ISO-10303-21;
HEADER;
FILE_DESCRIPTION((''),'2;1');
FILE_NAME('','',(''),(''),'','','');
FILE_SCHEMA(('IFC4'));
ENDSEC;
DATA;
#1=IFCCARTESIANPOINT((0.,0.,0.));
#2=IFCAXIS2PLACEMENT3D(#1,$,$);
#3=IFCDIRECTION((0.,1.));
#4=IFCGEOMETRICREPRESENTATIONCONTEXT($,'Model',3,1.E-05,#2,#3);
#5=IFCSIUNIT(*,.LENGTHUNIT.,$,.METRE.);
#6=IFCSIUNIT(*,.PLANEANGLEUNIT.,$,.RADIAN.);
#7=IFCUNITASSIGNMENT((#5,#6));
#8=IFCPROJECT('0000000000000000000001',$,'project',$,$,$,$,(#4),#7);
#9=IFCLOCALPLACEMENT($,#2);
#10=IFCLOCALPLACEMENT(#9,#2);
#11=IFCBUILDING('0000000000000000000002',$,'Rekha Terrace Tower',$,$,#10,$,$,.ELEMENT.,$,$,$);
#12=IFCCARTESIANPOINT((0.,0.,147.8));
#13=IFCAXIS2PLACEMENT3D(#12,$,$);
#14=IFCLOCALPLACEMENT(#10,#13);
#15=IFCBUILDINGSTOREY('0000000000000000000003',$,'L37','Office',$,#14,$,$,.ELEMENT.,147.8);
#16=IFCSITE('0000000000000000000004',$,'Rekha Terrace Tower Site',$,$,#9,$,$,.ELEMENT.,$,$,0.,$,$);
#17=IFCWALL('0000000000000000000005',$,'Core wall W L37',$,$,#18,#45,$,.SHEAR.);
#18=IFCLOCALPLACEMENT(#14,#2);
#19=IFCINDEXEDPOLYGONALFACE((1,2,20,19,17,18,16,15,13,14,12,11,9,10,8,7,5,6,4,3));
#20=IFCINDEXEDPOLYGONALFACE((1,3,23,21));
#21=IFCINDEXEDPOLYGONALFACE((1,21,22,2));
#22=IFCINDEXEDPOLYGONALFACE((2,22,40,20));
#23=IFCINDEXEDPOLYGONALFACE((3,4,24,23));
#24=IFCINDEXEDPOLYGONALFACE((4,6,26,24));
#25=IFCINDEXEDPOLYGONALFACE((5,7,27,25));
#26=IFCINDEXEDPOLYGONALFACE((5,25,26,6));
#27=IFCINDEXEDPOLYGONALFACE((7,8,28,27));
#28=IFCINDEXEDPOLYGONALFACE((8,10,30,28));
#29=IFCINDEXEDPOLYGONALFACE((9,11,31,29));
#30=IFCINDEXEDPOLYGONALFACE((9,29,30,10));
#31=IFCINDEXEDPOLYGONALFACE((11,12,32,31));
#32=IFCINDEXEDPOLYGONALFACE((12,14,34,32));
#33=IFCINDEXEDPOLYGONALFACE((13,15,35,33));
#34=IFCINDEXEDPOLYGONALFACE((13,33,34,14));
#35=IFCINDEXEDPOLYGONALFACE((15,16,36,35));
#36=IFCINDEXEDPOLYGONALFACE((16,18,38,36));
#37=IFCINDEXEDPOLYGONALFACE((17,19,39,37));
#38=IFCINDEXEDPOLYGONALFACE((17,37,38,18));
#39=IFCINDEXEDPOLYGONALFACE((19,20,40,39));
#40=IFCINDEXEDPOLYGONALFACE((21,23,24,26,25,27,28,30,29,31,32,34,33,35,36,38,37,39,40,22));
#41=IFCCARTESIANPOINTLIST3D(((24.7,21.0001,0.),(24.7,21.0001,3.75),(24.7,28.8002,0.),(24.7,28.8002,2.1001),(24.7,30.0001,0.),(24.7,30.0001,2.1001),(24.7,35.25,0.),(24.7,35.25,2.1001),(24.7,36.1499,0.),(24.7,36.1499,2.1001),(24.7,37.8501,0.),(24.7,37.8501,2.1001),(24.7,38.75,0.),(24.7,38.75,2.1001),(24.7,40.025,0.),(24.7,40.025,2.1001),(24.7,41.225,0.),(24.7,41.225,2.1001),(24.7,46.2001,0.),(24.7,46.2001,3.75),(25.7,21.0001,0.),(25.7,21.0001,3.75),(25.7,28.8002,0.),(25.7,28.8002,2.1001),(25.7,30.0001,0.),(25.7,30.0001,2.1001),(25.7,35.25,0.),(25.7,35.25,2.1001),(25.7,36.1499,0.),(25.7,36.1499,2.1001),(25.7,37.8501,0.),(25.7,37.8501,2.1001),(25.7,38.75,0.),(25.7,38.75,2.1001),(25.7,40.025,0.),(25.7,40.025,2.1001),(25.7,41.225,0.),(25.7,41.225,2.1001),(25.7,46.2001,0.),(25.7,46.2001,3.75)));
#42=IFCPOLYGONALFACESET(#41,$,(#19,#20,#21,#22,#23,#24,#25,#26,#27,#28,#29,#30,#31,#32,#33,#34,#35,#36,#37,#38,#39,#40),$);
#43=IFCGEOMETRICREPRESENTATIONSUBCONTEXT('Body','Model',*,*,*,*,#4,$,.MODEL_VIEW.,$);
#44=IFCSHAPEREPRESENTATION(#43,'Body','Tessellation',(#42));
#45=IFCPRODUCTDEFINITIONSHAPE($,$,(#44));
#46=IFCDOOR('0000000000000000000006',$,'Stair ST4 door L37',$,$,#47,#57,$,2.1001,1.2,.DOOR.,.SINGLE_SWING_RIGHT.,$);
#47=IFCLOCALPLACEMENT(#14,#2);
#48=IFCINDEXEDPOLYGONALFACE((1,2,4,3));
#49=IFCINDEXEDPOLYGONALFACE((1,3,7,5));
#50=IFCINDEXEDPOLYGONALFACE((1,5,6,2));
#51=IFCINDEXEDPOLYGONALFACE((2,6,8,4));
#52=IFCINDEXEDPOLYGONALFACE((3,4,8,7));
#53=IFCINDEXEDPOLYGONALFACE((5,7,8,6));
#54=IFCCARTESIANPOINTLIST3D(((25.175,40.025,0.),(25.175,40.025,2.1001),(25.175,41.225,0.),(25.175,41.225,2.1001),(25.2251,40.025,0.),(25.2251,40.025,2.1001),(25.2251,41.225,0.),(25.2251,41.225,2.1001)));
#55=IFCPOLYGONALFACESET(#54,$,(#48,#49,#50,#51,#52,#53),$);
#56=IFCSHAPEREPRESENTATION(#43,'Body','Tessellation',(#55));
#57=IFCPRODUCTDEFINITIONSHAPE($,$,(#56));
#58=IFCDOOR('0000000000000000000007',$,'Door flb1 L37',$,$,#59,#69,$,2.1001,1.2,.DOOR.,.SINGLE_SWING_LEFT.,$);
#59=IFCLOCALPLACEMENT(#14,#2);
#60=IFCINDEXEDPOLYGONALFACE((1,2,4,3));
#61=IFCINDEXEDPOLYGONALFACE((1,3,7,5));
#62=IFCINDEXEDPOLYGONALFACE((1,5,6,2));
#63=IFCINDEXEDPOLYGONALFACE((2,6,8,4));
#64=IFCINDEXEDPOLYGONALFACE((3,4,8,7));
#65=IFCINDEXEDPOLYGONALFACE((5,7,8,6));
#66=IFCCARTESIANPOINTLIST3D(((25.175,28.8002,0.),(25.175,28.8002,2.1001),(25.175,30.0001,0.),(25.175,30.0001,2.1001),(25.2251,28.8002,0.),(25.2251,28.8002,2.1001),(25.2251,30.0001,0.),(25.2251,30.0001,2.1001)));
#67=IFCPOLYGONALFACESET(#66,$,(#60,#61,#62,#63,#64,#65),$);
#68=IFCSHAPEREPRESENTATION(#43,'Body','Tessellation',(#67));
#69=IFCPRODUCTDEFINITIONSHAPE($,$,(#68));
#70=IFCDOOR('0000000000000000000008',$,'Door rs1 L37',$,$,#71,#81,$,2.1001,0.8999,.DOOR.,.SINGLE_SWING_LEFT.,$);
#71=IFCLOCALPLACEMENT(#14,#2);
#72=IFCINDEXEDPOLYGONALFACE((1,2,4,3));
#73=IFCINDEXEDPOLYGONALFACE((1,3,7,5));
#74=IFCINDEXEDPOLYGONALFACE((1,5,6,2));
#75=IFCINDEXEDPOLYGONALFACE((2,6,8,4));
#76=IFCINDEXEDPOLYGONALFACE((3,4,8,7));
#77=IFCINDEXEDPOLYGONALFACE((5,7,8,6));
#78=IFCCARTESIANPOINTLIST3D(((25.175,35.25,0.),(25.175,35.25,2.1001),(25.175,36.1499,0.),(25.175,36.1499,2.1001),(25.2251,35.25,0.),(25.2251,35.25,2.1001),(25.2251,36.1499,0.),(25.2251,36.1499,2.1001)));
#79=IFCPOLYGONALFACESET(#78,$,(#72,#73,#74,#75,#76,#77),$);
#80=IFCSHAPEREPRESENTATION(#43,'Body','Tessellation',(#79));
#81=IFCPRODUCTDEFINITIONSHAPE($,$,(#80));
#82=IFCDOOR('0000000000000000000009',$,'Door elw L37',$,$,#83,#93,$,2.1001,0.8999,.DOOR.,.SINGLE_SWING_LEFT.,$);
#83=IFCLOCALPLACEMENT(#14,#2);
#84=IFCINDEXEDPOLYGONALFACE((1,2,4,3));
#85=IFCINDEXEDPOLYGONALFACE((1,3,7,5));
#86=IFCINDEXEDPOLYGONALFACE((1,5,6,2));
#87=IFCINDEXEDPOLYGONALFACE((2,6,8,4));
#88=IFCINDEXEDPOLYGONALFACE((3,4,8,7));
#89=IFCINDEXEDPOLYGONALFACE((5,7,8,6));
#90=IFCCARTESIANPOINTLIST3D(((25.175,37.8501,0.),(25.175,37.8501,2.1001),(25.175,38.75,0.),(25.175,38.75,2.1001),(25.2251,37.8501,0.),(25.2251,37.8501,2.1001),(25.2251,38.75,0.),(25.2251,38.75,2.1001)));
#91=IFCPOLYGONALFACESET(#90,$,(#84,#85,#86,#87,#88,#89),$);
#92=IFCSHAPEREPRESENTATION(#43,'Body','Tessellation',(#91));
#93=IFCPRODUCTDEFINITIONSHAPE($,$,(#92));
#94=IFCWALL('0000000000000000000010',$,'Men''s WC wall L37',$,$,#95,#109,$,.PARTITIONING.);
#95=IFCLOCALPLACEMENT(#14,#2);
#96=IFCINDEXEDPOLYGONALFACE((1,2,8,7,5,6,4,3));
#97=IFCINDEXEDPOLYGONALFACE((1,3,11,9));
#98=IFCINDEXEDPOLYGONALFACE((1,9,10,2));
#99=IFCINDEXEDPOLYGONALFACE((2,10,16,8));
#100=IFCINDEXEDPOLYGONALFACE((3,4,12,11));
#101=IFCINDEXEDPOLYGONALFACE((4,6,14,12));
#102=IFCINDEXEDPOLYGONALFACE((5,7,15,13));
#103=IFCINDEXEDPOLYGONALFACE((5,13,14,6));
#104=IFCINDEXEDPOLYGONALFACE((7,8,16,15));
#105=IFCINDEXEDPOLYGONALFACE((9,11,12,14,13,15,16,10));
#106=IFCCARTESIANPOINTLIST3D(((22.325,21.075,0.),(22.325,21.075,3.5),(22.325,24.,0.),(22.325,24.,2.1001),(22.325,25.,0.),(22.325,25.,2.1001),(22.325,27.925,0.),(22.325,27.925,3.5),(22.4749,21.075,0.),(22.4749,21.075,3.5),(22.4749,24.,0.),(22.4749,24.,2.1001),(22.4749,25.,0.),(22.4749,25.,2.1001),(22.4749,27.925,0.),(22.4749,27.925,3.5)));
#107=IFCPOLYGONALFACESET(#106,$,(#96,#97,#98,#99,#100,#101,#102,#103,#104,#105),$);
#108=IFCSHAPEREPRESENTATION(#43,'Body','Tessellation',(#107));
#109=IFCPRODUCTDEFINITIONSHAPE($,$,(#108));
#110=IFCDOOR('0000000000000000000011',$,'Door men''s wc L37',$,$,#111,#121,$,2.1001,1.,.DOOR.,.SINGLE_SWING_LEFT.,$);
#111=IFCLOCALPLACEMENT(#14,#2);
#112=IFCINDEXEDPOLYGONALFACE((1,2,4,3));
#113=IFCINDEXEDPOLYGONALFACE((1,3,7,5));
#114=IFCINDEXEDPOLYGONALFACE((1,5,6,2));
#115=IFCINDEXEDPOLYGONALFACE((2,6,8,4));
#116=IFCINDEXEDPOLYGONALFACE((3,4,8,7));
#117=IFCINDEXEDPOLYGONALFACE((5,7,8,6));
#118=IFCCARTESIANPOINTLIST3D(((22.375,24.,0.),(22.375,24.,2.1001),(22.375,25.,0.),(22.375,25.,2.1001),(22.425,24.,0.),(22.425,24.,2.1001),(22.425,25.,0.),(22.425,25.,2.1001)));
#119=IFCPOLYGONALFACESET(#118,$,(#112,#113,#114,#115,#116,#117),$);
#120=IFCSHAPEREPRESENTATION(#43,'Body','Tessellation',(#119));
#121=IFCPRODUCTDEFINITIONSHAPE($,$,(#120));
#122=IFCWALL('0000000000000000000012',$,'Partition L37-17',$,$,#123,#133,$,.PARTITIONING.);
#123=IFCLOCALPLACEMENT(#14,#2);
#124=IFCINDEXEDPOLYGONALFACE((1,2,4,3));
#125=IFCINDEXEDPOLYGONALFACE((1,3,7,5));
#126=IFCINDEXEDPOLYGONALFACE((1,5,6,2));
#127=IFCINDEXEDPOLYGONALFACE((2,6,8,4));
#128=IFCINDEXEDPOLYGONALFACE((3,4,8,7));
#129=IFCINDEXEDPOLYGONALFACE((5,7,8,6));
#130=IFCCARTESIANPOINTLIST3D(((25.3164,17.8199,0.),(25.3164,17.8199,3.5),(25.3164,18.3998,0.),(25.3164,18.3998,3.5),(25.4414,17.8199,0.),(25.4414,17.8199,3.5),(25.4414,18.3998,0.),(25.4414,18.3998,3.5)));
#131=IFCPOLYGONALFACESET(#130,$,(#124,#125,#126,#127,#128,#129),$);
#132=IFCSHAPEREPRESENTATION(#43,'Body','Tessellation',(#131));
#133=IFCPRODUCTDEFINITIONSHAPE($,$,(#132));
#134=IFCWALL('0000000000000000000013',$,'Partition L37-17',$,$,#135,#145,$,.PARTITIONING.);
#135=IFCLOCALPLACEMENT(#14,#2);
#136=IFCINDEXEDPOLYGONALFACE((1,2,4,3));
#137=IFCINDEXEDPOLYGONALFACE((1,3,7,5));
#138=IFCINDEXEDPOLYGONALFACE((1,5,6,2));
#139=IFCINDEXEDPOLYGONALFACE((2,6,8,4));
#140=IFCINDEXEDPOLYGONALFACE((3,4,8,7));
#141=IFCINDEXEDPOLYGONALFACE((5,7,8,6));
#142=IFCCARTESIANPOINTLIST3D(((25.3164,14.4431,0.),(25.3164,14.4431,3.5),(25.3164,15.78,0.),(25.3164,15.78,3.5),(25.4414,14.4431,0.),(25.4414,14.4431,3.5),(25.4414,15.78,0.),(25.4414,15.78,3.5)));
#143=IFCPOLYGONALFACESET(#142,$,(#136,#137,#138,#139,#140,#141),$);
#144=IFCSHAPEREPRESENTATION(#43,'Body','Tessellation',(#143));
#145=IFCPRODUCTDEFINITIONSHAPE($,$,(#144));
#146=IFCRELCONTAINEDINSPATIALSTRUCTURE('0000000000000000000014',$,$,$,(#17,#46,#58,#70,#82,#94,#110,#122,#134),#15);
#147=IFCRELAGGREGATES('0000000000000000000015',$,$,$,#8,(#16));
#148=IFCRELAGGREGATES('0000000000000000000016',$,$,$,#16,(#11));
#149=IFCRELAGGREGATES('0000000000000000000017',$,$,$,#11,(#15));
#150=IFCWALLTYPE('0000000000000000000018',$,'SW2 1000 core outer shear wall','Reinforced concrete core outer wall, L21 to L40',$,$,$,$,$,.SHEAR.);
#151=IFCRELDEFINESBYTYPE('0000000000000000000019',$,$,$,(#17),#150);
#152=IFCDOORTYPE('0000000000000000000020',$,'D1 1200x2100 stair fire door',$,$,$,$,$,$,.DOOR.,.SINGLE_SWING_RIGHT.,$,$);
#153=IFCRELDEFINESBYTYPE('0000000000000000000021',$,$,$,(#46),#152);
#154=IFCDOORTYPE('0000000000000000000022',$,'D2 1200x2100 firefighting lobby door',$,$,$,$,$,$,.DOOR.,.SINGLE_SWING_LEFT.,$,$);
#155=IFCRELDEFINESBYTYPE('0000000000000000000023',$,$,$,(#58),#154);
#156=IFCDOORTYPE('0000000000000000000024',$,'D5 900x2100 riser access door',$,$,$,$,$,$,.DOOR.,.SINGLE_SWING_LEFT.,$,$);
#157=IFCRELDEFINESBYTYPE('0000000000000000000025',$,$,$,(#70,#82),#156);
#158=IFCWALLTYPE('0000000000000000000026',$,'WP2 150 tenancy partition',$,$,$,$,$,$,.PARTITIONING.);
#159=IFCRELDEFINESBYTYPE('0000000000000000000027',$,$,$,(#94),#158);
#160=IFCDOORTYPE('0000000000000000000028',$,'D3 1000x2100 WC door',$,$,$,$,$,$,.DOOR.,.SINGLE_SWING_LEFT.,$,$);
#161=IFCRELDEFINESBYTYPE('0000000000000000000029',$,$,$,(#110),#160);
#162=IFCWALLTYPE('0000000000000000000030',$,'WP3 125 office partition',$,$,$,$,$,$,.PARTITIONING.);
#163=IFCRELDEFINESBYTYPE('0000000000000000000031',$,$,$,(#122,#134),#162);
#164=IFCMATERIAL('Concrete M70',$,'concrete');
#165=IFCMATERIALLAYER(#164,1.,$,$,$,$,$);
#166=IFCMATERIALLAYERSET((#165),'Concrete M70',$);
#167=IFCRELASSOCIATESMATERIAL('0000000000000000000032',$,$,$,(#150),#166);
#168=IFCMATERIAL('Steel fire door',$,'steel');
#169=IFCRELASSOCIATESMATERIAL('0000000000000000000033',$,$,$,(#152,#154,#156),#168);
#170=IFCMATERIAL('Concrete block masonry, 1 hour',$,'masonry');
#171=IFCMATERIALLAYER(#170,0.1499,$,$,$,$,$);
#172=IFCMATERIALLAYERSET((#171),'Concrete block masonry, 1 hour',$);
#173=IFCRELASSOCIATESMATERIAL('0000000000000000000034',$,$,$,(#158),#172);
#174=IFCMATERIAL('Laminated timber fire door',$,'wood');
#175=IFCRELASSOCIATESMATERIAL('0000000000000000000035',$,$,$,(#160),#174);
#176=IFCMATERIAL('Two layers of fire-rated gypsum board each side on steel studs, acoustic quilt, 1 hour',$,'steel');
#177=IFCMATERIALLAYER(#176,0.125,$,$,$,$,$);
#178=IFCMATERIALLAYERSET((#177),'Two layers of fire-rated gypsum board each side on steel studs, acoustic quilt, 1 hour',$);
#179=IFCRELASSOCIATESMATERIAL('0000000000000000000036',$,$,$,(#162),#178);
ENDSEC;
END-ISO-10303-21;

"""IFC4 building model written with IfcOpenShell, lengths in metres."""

from ifc_helpers import new_model, si_unit, direction, frame, frame_2d, origin, place, context, subcontext, project, spatial, rectangle, extrude, material, layer, layer_set, type_object, element, fill, save


model = new_model("IFC4")

# Units and contexts
model_context = context("Model", 3, precision=1e-05, world=origin(), true_north=direction((0.0, 1.0)))
body_context = subcontext(model_context, "Body", "Model", "MODEL_VIEW")
ifc_project = project(units=[si_unit("LENGTHUNIT", "METRE"), si_unit("PLANEANGLEUNIT", "RADIAN")], contexts=[model_context])

# Site, building, storey
site_placement = place(None, origin())
site = spatial("IfcSite", under=ifc_project, at=site_placement, Name="Rekha Terrace Tower Site", CompositionType="ELEMENT", RefElevation=0.0)
building_placement = place(site_placement, origin())
building = spatial("IfcBuilding", under=site, at=building_placement, Name="Rekha Terrace Tower", CompositionType="ELEMENT")
storey_placement = place(building_placement, frame((0.0, 0.0, 147.8)))
storey = spatial("IfcBuildingStorey", under=building, at=storey_placement, Name="L37", Description="Office", CompositionType="ELEMENT", Elevation=147.8)

# Shared definitions
ifc_material_1 = material(Name="Concrete M70", Category="concrete")

# Shared definitions
ifc_layer_1 = layer(ifc_material_1, 1.0)
ifc_layer_set_1 = layer_set([ifc_layer_1], Name="Concrete M70")
wall_type_1 = type_object("IfcWallType", Name="SW2 1000 core outer shear wall", Description="Reinforced concrete core outer wall, L21 to L40", PredefinedType="SHEAR", material=ifc_layer_set_1)

# Wall, openings, doors
wall_1_placement = place(storey_placement, frame((25.2, 21.0, 0.0), z_axis=(0.0, 0.0, 1.0), x_axis=(0.0, 1.0, 0.0)))
wall_1 = element("IfcWall", 1, at=wall_1_placement, inside=storey, type_object=wall_type_1, Name="Core wall W L37", PredefinedType="SHEAR", context=body_context, shape_type="SweptSolid", body=[
    extrude(rectangle(XDim=25.2, YDim=1.0, at=frame_2d((12.6001, 0.0))), origin(), (0.0, 0.0, 1.0), 3.75),
])
opening_1_placement = place(wall_1_placement, frame((7.8, 0.0, 0.0)))
opening_1 = element("IfcOpeningElement", 2, at=opening_1_placement, cuts=wall_1, PredefinedType="OPENING", context=body_context, shape_type="SweptSolid", body=[
    extrude(rectangle(XDim=1.2, YDim=2.1001, at=frame_2d((0.6001, 1.05))), frame((0.0, 0.51, 0.0), z_axis=(0.0, -1.0, 0.0), x_axis=(1.0, 0.0, 0.0)), (0.0, 0.0, 1.0), 1.02),
])
opening_2_placement = place(wall_1_placement, frame((14.25, 0.0, 0.0)))
opening_2 = element("IfcOpeningElement", 3, at=opening_2_placement, cuts=wall_1, PredefinedType="OPENING", context=body_context, shape_type="SweptSolid", body=[
    extrude(rectangle(XDim=0.8999, YDim=2.1001, at=frame_2d((0.45, 1.05))), frame((0.0, 0.51, 0.0), z_axis=(0.0, -1.0, 0.0), x_axis=(1.0, 0.0, 0.0)), (0.0, 0.0, 1.0), 1.02),
])
opening_3_placement = place(wall_1_placement, frame((16.8501, 0.0, 0.0)))
opening_3 = element("IfcOpeningElement", 4, at=opening_3_placement, cuts=wall_1, PredefinedType="OPENING", context=body_context, shape_type="SweptSolid", body=[
    extrude(rectangle(XDim=0.8999, YDim=2.1001, at=frame_2d((0.45, 1.05))), frame((0.0, 0.51, 0.0), z_axis=(0.0, -1.0, 0.0), x_axis=(1.0, 0.0, 0.0)), (0.0, 0.0, 1.0), 1.02),
])
opening_4_placement = place(wall_1_placement, frame((19.0249, 0.0, 0.0)))
opening_4 = element("IfcOpeningElement", 5, at=opening_4_placement, cuts=wall_1, PredefinedType="OPENING", context=body_context, shape_type="SweptSolid", body=[
    extrude(rectangle(XDim=1.2, YDim=2.1001, at=frame_2d((0.6001, 1.05))), frame((0.0, 0.51, 0.0), z_axis=(0.0, -1.0, 0.0), x_axis=(1.0, 0.0, 0.0)), (0.0, 0.0, 1.0), 1.02),
])
ifc_material_2 = material(Name="Steel fire door", Category="steel")
door_type_1 = type_object("IfcDoorType", Name="D1 1200x2100 stair fire door", OperationType="SINGLE_SWING_RIGHT", PredefinedType="DOOR", material=ifc_material_2)
door_1_placement = place(opening_4_placement, origin())
door_1 = element("IfcDoor", 6, at=door_1_placement, inside=storey, type_object=door_type_1, Name="Stair ST4 door L37", OperationType="SINGLE_SWING_RIGHT", OverallHeight=2.1001, OverallWidth=1.2, PredefinedType="DOOR", context=body_context, shape_type="SweptSolid", body=[
    extrude(rectangle(XDim=1.2, YDim=2.1001, at=frame_2d((0.6001, 1.05))), frame((0.0, 0.0249, 0.0), z_axis=(0.0, -1.0, 0.0), x_axis=(1.0, 0.0, 0.0)), (0.0, 0.0, 1.0), 0.05),
])
fill(opening_4, door_1)
door_type_2 = type_object("IfcDoorType", Name="D2 1200x2100 firefighting lobby door", OperationType="SINGLE_SWING_LEFT", PredefinedType="DOOR", material=ifc_material_2)
door_2_placement = place(opening_1_placement, origin())
door_2 = element("IfcDoor", 7, at=door_2_placement, inside=storey, type_object=door_type_2, Name="Door flb1 L37", OperationType="SINGLE_SWING_LEFT", OverallHeight=2.1001, OverallWidth=1.2, PredefinedType="DOOR", context=body_context, shape_type="SweptSolid", body=[
    extrude(rectangle(XDim=1.2, YDim=2.1001, at=frame_2d((0.6001, 1.05))), frame((0.0, 0.0249, 0.0), z_axis=(0.0, -1.0, 0.0), x_axis=(1.0, 0.0, 0.0)), (0.0, 0.0, 1.0), 0.05),
])
fill(opening_1, door_2)
door_type_3 = type_object("IfcDoorType", Name="D5 900x2100 riser access door", OperationType="SINGLE_SWING_LEFT", PredefinedType="DOOR", material=ifc_material_2)
door_3_placement = place(opening_2_placement, origin())
door_3 = element("IfcDoor", 8, at=door_3_placement, inside=storey, type_object=door_type_3, Name="Door rs1 L37", OperationType="SINGLE_SWING_LEFT", OverallHeight=2.1001, OverallWidth=0.8999, PredefinedType="DOOR", context=body_context, shape_type="SweptSolid", body=[
    extrude(rectangle(XDim=0.8999, YDim=2.1001, at=frame_2d((0.45, 1.05))), frame((0.0, 0.0249, 0.0), z_axis=(0.0, -1.0, 0.0), x_axis=(1.0, 0.0, 0.0)), (0.0, 0.0, 1.0), 0.05),
])
fill(opening_2, door_3)
door_4_placement = place(opening_3_placement, origin())
door_4 = element("IfcDoor", 9, at=door_4_placement, inside=storey, type_object=door_type_3, Name="Door elw L37", OperationType="SINGLE_SWING_LEFT", OverallHeight=2.1001, OverallWidth=0.8999, PredefinedType="DOOR", context=body_context, shape_type="SweptSolid", body=[
    extrude(rectangle(XDim=0.8999, YDim=2.1001, at=frame_2d((0.45, 1.05))), frame((0.0, 0.0249, 0.0), z_axis=(0.0, -1.0, 0.0), x_axis=(1.0, 0.0, 0.0)), (0.0, 0.0, 1.0), 0.05),
])
fill(opening_3, door_4)

# Wall, opening, door
ifc_material_3 = material(Name="Concrete block masonry, 1 hour", Category="masonry")
ifc_layer_2 = layer(ifc_material_3, 0.1499)
ifc_layer_set_2 = layer_set([ifc_layer_2], Name="Concrete block masonry, 1 hour")
wall_type_2 = type_object("IfcWallType", Name="WP2 150 tenancy partition", PredefinedType="PARTITIONING", material=ifc_layer_set_2)
wall_2_placement = place(storey_placement, frame((22.3999, 21.075, 0.0), z_axis=(0.0, 0.0, 1.0), x_axis=(0.0, 1.0, 0.0)))
wall_2 = element("IfcWall", 10, at=wall_2_placement, inside=storey, type_object=wall_type_2, Name="Men's WC wall L37", PredefinedType="PARTITIONING", context=body_context, shape_type="SweptSolid", body=[
    extrude(rectangle(XDim=6.8501, YDim=0.1499, at=frame_2d((3.425, 0.0))), origin(), (0.0, 0.0, 1.0), 3.5),
])
opening_5_placement = place(wall_2_placement, frame((2.925, 0.0, 0.0)))
opening_5 = element("IfcOpeningElement", 11, at=opening_5_placement, cuts=wall_2, PredefinedType="OPENING", context=body_context, shape_type="SweptSolid", body=[
    extrude(rectangle(XDim=1.0, YDim=2.1001, at=frame_2d((0.5, 1.05))), frame((0.0, 0.085, 0.0), z_axis=(0.0, -1.0, 0.0), x_axis=(1.0, 0.0, 0.0)), (0.0, 0.0, 1.0), 0.1699),
])
ifc_material_4 = material(Name="Laminated timber fire door", Category="wood")
door_type_4 = type_object("IfcDoorType", Name="D3 1000x2100 WC door", OperationType="SINGLE_SWING_LEFT", PredefinedType="DOOR", material=ifc_material_4)
door_5_placement = place(opening_5_placement, origin())
door_5 = element("IfcDoor", 12, at=door_5_placement, inside=storey, type_object=door_type_4, Name="Door men's wc L37", OperationType="SINGLE_SWING_LEFT", OverallHeight=2.1001, OverallWidth=1.0, PredefinedType="DOOR", context=body_context, shape_type="SweptSolid", body=[
    extrude(rectangle(XDim=1.0, YDim=2.1001, at=frame_2d((0.5, 1.05))), frame((0.0, 0.0249, 0.0), z_axis=(0.0, -1.0, 0.0), x_axis=(1.0, 0.0, 0.0)), (0.0, 0.0, 1.0), 0.05),
])
fill(opening_5, door_5)

# Walls
ifc_material_5 = material(Name="Two layers of fire-rated gypsum board each side on steel studs, acoustic quilt, 1 hour", Category="steel")
ifc_layer_3 = layer(ifc_material_5, 0.125)
ifc_layer_set_3 = layer_set([ifc_layer_3], Name="Two layers of fire-rated gypsum board each side on steel studs, acoustic quilt, 1 hour")
wall_type_3 = type_object("IfcWallType", Name="WP3 125 office partition", PredefinedType="PARTITIONING", material=ifc_layer_set_3)
wall_3_placement = place(storey_placement, frame((25.3789, 18.3999, 0.0), z_axis=(0.0, 0.0, 1.0), x_axis=(0.0, -1.0, 0.0)))
element("IfcWall", 13, at=wall_3_placement, inside=storey, type_object=wall_type_3, Name="Partition L37-17", PredefinedType="PARTITIONING", context=body_context, shape_type="SweptSolid", body=[
    extrude(rectangle(XDim=0.5798, YDim=0.125, at=frame_2d((0.29, 0.0))), origin(), (0.0, 0.0, 1.0), 3.5),
])
wall_4_placement = place(storey_placement, frame((25.3789, 15.78, 0.0), z_axis=(0.0, 0.0, 1.0), x_axis=(0.0, -1.0, 0.0)))
element("IfcWall", 14, at=wall_4_placement, inside=storey, type_object=wall_type_3, Name="Partition L37-17", PredefinedType="PARTITIONING", context=body_context, shape_type="SweptSolid", body=[
    extrude(rectangle(XDim=1.3369, YDim=0.125, at=frame_2d((0.6685, 0.0))), origin(), (0.0, 0.0, 1.0), 3.5),
])

save(model, "model.ifc")
